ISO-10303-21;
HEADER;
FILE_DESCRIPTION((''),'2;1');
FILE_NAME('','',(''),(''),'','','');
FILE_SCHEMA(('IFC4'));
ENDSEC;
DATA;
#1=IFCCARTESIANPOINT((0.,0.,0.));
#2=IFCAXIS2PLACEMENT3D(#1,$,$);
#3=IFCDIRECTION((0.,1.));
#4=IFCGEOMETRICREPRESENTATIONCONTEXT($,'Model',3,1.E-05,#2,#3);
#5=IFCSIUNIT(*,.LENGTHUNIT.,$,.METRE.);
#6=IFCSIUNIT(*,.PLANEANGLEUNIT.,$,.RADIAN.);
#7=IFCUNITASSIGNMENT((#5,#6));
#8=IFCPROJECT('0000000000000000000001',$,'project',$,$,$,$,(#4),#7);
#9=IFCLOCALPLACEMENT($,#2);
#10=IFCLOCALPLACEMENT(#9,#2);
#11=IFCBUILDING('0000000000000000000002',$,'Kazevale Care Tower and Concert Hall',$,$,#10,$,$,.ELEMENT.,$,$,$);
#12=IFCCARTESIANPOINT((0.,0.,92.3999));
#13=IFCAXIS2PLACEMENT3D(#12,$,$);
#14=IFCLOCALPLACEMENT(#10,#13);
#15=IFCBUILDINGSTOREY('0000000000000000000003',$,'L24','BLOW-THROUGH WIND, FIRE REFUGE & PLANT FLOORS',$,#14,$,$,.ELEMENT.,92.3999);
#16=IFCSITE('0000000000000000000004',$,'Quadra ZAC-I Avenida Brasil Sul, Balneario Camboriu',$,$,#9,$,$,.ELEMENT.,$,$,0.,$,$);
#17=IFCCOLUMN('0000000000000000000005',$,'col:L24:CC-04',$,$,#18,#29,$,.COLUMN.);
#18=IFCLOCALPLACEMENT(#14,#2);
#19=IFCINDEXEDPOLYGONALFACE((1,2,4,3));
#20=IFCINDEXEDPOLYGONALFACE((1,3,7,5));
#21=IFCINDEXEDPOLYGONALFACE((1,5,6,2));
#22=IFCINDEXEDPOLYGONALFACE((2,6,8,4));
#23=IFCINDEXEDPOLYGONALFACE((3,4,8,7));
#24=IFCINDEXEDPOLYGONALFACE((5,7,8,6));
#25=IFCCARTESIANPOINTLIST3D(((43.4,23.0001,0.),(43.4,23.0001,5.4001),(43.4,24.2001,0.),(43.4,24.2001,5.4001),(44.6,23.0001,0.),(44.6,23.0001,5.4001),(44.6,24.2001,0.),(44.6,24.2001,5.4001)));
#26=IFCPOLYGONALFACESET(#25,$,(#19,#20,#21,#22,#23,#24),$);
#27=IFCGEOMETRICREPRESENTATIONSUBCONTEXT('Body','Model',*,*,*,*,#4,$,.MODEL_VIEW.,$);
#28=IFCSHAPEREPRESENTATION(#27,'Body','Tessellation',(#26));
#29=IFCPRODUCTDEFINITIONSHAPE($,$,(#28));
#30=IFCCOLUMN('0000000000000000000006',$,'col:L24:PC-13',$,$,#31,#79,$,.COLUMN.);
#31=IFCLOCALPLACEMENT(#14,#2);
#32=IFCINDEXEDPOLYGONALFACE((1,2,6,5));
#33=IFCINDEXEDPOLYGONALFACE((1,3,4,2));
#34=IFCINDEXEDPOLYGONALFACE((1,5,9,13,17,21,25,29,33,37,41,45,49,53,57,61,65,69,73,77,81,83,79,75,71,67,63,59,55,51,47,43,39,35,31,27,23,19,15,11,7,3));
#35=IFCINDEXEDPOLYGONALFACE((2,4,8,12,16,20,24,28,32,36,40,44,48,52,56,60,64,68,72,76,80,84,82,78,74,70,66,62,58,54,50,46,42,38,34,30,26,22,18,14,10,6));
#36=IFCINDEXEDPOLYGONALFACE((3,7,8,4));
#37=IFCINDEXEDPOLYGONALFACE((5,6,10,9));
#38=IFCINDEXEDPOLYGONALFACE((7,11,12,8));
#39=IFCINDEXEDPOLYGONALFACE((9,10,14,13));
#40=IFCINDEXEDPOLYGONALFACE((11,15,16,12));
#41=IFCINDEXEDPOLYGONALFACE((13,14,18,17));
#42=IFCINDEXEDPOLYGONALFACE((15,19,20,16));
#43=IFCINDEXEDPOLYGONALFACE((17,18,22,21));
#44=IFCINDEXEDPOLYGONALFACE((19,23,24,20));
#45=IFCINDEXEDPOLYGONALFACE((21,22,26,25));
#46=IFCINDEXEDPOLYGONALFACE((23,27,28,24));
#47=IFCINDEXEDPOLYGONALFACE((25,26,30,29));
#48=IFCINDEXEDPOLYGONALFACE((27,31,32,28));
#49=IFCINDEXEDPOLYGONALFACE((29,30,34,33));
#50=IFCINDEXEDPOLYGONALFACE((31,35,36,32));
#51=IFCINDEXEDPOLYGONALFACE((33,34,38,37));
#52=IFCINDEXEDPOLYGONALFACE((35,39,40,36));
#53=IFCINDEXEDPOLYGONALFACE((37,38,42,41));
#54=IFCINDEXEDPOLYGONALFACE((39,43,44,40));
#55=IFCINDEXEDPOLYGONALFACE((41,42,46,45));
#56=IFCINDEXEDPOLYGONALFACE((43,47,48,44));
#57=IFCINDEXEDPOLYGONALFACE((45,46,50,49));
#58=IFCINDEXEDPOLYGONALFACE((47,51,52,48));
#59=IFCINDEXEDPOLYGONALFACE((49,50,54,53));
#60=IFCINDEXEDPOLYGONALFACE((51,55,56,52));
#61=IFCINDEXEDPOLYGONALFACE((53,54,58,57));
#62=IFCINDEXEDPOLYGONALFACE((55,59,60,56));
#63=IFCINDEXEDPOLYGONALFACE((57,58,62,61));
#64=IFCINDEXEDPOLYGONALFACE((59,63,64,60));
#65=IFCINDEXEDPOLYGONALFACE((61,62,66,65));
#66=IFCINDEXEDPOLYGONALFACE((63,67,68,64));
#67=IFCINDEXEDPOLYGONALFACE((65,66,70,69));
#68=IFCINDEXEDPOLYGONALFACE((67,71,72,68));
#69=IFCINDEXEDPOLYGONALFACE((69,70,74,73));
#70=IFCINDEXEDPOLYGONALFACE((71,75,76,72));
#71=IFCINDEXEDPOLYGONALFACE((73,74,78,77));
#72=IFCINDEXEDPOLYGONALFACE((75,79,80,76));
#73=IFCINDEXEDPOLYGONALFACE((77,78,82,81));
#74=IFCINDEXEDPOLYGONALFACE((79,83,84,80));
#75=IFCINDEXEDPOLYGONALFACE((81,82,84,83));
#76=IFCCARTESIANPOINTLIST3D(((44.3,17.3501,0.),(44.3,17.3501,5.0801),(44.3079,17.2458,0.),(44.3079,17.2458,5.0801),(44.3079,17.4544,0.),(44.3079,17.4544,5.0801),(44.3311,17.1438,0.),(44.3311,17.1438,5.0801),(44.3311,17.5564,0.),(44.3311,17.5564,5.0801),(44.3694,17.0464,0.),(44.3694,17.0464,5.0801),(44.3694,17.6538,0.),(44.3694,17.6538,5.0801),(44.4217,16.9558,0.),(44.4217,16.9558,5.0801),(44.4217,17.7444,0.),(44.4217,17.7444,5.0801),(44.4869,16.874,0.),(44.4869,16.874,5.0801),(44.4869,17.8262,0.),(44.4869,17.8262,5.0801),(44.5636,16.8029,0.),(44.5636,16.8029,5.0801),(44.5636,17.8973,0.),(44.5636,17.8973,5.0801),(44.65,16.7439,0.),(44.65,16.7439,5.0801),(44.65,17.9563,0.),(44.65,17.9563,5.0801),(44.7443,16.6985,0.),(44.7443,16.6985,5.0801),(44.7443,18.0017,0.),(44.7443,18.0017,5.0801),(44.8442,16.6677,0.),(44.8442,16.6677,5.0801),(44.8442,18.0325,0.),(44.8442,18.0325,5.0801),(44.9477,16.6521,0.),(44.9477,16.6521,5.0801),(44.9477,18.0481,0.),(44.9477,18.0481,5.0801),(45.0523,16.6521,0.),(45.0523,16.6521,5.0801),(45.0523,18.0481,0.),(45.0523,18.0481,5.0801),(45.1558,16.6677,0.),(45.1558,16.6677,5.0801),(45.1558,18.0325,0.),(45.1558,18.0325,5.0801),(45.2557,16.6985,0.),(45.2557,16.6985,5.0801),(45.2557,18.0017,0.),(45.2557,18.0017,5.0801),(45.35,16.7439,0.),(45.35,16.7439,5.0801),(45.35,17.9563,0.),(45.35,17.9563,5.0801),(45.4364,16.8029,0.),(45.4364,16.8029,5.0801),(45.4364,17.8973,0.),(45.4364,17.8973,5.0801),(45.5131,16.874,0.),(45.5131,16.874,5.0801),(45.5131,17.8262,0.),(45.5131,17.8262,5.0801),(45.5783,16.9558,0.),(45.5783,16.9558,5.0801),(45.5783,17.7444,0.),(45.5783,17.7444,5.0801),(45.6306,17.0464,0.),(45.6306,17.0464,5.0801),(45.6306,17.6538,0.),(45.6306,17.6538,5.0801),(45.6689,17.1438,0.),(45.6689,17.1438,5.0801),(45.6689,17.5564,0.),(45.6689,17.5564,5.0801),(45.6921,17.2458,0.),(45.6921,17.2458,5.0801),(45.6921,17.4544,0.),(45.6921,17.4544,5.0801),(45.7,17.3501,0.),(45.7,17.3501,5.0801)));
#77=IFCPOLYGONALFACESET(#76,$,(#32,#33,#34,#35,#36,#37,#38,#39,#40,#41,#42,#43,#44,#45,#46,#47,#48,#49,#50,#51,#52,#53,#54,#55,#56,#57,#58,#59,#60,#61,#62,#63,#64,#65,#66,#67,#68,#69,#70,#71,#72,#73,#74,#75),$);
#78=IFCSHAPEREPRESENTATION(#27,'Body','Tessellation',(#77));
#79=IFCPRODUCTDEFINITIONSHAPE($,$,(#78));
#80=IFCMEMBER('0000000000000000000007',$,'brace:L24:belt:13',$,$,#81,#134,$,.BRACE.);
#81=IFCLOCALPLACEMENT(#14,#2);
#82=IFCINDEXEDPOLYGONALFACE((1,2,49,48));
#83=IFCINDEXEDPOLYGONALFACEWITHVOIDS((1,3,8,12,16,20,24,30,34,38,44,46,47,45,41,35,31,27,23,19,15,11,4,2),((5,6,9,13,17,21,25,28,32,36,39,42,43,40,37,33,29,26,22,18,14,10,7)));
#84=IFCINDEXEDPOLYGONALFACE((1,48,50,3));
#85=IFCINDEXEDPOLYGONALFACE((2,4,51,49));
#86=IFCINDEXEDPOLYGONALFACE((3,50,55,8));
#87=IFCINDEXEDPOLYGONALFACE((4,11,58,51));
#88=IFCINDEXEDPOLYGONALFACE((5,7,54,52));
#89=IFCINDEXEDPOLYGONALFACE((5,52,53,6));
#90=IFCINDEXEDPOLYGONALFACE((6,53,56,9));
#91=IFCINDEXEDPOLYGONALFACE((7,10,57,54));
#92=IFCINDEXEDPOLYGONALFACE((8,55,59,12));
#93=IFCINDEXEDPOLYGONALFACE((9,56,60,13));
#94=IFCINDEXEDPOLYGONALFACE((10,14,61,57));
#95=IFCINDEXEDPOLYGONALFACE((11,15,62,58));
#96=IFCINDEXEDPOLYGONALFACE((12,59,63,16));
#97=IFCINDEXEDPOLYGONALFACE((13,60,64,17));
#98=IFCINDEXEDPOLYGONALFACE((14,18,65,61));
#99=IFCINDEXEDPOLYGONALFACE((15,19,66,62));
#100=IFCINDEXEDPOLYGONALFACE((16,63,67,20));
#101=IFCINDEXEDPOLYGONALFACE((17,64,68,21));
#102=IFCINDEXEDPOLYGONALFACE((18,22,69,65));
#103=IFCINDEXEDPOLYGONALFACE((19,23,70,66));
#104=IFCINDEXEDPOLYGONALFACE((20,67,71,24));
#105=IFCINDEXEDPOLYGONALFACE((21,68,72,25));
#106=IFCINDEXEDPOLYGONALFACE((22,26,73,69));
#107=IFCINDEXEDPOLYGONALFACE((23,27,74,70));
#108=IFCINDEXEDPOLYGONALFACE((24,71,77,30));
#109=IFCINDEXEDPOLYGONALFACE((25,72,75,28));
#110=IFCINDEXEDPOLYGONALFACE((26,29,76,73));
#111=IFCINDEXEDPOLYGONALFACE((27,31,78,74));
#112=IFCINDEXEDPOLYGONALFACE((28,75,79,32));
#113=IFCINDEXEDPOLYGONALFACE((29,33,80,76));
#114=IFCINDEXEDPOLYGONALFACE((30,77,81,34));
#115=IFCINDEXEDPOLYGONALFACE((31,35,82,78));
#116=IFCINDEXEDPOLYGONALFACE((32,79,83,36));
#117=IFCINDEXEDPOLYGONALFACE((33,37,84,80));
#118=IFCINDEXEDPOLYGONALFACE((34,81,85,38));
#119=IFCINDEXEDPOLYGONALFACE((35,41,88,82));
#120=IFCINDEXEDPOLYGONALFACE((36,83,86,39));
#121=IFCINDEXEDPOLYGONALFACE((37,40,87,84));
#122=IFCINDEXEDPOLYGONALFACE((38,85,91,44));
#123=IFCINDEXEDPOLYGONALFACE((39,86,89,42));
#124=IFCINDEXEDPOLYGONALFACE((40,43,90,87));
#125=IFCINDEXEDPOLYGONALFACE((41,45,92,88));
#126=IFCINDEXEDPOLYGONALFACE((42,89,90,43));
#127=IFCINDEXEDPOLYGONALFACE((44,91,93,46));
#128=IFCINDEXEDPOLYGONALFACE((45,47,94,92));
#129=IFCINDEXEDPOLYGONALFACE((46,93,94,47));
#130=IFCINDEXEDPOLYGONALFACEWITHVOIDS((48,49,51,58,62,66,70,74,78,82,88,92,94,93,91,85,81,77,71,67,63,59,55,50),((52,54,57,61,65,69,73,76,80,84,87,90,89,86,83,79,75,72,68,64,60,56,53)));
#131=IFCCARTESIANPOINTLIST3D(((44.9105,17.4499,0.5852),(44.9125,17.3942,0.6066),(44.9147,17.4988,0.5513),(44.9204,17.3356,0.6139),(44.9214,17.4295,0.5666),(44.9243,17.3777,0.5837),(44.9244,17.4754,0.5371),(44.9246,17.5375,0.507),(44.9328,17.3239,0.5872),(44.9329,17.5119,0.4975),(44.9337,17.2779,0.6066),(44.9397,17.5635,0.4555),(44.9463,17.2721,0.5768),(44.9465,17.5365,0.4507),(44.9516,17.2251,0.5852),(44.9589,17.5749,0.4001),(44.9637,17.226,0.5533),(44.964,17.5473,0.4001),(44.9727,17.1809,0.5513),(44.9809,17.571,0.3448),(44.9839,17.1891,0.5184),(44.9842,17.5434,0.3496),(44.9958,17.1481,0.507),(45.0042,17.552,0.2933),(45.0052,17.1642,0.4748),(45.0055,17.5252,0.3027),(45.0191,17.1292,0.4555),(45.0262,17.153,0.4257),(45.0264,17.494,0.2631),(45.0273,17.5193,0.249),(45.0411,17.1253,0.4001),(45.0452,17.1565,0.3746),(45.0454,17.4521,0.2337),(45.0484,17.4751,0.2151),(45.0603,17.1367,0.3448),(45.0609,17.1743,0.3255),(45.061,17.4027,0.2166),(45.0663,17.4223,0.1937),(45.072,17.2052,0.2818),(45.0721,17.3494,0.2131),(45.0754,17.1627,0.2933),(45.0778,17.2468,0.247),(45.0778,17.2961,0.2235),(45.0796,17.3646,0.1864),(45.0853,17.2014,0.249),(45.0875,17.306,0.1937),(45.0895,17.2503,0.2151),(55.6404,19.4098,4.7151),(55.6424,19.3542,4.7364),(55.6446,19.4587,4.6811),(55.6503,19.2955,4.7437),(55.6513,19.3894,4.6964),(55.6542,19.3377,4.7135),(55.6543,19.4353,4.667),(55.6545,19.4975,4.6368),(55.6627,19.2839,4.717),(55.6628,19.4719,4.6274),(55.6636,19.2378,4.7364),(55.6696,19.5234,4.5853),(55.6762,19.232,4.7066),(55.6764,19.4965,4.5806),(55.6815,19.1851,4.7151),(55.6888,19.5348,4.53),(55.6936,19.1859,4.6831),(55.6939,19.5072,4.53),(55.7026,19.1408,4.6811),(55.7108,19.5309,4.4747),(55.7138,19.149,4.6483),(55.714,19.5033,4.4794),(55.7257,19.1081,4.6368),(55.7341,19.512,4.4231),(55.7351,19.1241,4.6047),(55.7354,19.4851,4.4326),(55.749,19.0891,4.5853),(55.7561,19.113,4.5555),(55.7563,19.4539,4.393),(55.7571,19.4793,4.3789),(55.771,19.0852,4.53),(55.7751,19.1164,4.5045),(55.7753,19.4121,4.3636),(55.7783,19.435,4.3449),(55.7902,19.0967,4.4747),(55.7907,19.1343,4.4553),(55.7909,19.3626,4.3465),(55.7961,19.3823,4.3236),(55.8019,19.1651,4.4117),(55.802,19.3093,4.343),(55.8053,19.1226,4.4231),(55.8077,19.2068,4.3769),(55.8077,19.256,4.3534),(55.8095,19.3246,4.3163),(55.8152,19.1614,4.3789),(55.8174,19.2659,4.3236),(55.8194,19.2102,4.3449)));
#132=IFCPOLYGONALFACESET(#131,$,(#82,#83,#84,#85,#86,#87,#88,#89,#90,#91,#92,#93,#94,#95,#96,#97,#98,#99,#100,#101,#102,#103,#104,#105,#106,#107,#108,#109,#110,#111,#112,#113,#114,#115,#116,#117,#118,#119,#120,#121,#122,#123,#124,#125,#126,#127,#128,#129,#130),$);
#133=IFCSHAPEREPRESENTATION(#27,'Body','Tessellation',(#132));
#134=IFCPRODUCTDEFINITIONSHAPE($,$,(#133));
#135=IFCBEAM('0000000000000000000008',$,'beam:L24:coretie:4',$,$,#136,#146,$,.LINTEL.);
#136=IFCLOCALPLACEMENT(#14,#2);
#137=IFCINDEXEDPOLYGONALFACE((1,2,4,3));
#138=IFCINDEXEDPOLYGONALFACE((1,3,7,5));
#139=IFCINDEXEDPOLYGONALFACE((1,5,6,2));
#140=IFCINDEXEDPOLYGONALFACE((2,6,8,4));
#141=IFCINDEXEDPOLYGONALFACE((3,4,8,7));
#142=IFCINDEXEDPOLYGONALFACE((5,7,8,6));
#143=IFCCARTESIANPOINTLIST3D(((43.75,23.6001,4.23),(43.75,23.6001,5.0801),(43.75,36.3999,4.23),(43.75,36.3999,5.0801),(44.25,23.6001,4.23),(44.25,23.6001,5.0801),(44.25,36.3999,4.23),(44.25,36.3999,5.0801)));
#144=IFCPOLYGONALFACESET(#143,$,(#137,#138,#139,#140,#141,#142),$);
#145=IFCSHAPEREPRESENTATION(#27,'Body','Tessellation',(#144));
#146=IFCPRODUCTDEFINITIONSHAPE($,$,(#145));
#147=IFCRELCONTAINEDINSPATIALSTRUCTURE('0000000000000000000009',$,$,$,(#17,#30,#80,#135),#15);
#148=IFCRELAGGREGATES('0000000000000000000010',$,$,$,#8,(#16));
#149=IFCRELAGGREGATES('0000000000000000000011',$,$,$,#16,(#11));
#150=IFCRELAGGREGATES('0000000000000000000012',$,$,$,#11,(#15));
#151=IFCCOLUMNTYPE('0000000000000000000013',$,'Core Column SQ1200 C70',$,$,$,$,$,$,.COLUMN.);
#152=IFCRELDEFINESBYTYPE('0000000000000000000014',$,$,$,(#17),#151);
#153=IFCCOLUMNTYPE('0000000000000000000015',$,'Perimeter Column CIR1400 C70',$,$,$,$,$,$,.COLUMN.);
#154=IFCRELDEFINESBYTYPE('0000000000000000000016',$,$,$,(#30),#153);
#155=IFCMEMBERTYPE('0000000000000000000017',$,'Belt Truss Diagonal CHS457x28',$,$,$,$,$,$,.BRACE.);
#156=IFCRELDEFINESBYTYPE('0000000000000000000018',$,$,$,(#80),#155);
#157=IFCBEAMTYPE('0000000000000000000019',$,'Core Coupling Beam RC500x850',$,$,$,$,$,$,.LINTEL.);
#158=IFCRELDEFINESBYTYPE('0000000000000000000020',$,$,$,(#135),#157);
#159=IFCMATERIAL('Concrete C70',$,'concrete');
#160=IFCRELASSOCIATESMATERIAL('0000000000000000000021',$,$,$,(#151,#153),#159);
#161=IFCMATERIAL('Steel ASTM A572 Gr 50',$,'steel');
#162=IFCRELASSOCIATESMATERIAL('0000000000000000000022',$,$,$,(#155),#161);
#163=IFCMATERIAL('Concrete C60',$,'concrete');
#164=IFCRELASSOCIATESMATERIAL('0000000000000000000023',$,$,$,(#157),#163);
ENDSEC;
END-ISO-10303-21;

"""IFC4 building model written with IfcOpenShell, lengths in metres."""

from ifc_helpers import new_model, si_unit, direction, frame, origin, origin_2d, place, context, subcontext, project, spatial, rectangle, circle, hollow_circle, extrude, material, material_profile, profile_set, type_object, element, save


model = new_model("IFC4")

# Units and contexts
model_context = context("Model", 3, precision=1e-05, world=origin(), true_north=direction((0.0, 1.0)))
body_context = subcontext(model_context, "Body", "Model", "MODEL_VIEW")
ifc_project = project(units=[si_unit("LENGTHUNIT", "METRE"), si_unit("PLANEANGLEUNIT", "RADIAN")], contexts=[model_context])

# Site, building, storey
site_placement = place(None, origin())
site = spatial("IfcSite", under=ifc_project, at=site_placement, Name="Quadra ZAC-I Avenida Brasil Sul, Balneario Camboriu", CompositionType="ELEMENT", RefElevation=0.0)
building_placement = place(site_placement, origin())
building = spatial("IfcBuilding", under=site, at=building_placement, Name="Kazevale Care Tower and Concert Hall", CompositionType="ELEMENT")
storey_placement = place(building_placement, frame((0.0, 0.0, 92.3999)))
storey = spatial("IfcBuildingStorey", under=building, at=storey_placement, Name="L24", Description="BLOW-THROUGH WIND, FIRE REFUGE & PLANT FLOORS", CompositionType="ELEMENT", Elevation=92.3999)

# Columns
ifc_material_1 = material(Name="Concrete C70", Category="concrete")
ifc_material_profile_1 = material_profile(ifc_material_1, rectangle(XDim=1.2, YDim=1.2, at=origin_2d()), Name="RC-SQ1200")
ifc_profile_set_1 = profile_set([ifc_material_profile_1], Name="Concrete C70")
column_type_1 = type_object("IfcColumnType", Name="Core Column SQ1200 C70", PredefinedType="COLUMN", material=ifc_profile_set_1)
column_1_placement = place(storey_placement, frame((44.0, 23.6001, 0.0), z_axis=(0.0, 0.0, 1.0), x_axis=(1.0, 0.0, 0.0)))
element("IfcColumn", 1, at=column_1_placement, inside=storey, type_object=column_type_1, Name="col:L24:CC-04", PredefinedType="COLUMN", context=body_context, shape_type="SweptSolid", body=[
    extrude(rectangle(XDim=1.2, YDim=1.2, at=origin_2d()), origin(), (0.0, 0.0, 1.0), 5.4001),
])
ifc_material_profile_2 = material_profile(ifc_material_1, circle(Radius=0.7, at=origin_2d()), Name="RC-CIR1400")
ifc_profile_set_2 = profile_set([ifc_material_profile_2], Name="Concrete C70")
column_type_2 = type_object("IfcColumnType", Name="Perimeter Column CIR1400 C70", PredefinedType="COLUMN", material=ifc_profile_set_2)
column_2_placement = place(storey_placement, frame((45.0, 17.3501, 0.0), z_axis=(0.0, 0.0, 1.0), x_axis=(1.0, 0.0, 0.0)))
element("IfcColumn", 2, at=column_2_placement, inside=storey, type_object=column_type_2, Name="col:L24:PC-13", PredefinedType="COLUMN", context=body_context, shape_type="SweptSolid", body=[
    extrude(circle(Radius=0.7, at=origin_2d()), origin(), (0.0, 0.0, 1.0), 5.0801),
])

# Member
ifc_material_2 = material(Name="Steel ASTM A572 Gr 50", Category="steel")
ifc_material_profile_3 = material_profile(ifc_material_2, hollow_circle(Radius=0.2285, WallThickness=0.0281, at=origin_2d()), Name="CHS457x28")
ifc_profile_set_3 = profile_set([ifc_material_profile_3], Name="Steel ASTM A572 Gr 50")
member_type_1 = type_object("IfcMemberType", Name="Belt Truss Diagonal CHS457x28", PredefinedType="BRACE", material=ifc_profile_set_3)
member_1_placement = place(storey_placement, frame((45.0, 17.3501, 0.4001), z_axis=(0.919987, 0.168047, 0.354096), x_axis=(-0.179689, 0.983723, 0.0)))
element("IfcMember", 3, at=member_1_placement, inside=storey, type_object=member_type_1, Name="brace:L24:belt:13", PredefinedType="BRACE", context=body_context, shape_type="SweptSolid", body=[
    extrude(hollow_circle(Radius=0.2285, WallThickness=0.0281, at=origin_2d()), origin(), (0.0, 0.0, 1.0), 11.6631),
])

# Beam
ifc_material_3 = material(Name="Concrete C60", Category="concrete")
ifc_material_profile_4 = material_profile(ifc_material_3, rectangle(XDim=0.5, YDim=0.8501, at=origin_2d()), Name="RC-B500x850")
ifc_profile_set_4 = profile_set([ifc_material_profile_4], Name="Concrete C60")
beam_type_1 = type_object("IfcBeamType", Name="Core Coupling Beam RC500x850", PredefinedType="LINTEL", material=ifc_profile_set_4)
beam_1_placement = place(storey_placement, frame((44.0, 23.6001, 4.655), z_axis=(0.0, 1.0, 0.0), x_axis=(-1.0, 0.0, 0.0)))
element("IfcBeam", 4, at=beam_1_placement, inside=storey, type_object=beam_type_1, Name="beam:L24:coretie:4", PredefinedType="LINTEL", context=body_context, shape_type="SweptSolid", body=[
    extrude(rectangle(XDim=0.5, YDim=0.8501, at=origin_2d()), origin(), (0.0, 0.0, 1.0), 12.7998),
])

save(model, "model.ifc")
